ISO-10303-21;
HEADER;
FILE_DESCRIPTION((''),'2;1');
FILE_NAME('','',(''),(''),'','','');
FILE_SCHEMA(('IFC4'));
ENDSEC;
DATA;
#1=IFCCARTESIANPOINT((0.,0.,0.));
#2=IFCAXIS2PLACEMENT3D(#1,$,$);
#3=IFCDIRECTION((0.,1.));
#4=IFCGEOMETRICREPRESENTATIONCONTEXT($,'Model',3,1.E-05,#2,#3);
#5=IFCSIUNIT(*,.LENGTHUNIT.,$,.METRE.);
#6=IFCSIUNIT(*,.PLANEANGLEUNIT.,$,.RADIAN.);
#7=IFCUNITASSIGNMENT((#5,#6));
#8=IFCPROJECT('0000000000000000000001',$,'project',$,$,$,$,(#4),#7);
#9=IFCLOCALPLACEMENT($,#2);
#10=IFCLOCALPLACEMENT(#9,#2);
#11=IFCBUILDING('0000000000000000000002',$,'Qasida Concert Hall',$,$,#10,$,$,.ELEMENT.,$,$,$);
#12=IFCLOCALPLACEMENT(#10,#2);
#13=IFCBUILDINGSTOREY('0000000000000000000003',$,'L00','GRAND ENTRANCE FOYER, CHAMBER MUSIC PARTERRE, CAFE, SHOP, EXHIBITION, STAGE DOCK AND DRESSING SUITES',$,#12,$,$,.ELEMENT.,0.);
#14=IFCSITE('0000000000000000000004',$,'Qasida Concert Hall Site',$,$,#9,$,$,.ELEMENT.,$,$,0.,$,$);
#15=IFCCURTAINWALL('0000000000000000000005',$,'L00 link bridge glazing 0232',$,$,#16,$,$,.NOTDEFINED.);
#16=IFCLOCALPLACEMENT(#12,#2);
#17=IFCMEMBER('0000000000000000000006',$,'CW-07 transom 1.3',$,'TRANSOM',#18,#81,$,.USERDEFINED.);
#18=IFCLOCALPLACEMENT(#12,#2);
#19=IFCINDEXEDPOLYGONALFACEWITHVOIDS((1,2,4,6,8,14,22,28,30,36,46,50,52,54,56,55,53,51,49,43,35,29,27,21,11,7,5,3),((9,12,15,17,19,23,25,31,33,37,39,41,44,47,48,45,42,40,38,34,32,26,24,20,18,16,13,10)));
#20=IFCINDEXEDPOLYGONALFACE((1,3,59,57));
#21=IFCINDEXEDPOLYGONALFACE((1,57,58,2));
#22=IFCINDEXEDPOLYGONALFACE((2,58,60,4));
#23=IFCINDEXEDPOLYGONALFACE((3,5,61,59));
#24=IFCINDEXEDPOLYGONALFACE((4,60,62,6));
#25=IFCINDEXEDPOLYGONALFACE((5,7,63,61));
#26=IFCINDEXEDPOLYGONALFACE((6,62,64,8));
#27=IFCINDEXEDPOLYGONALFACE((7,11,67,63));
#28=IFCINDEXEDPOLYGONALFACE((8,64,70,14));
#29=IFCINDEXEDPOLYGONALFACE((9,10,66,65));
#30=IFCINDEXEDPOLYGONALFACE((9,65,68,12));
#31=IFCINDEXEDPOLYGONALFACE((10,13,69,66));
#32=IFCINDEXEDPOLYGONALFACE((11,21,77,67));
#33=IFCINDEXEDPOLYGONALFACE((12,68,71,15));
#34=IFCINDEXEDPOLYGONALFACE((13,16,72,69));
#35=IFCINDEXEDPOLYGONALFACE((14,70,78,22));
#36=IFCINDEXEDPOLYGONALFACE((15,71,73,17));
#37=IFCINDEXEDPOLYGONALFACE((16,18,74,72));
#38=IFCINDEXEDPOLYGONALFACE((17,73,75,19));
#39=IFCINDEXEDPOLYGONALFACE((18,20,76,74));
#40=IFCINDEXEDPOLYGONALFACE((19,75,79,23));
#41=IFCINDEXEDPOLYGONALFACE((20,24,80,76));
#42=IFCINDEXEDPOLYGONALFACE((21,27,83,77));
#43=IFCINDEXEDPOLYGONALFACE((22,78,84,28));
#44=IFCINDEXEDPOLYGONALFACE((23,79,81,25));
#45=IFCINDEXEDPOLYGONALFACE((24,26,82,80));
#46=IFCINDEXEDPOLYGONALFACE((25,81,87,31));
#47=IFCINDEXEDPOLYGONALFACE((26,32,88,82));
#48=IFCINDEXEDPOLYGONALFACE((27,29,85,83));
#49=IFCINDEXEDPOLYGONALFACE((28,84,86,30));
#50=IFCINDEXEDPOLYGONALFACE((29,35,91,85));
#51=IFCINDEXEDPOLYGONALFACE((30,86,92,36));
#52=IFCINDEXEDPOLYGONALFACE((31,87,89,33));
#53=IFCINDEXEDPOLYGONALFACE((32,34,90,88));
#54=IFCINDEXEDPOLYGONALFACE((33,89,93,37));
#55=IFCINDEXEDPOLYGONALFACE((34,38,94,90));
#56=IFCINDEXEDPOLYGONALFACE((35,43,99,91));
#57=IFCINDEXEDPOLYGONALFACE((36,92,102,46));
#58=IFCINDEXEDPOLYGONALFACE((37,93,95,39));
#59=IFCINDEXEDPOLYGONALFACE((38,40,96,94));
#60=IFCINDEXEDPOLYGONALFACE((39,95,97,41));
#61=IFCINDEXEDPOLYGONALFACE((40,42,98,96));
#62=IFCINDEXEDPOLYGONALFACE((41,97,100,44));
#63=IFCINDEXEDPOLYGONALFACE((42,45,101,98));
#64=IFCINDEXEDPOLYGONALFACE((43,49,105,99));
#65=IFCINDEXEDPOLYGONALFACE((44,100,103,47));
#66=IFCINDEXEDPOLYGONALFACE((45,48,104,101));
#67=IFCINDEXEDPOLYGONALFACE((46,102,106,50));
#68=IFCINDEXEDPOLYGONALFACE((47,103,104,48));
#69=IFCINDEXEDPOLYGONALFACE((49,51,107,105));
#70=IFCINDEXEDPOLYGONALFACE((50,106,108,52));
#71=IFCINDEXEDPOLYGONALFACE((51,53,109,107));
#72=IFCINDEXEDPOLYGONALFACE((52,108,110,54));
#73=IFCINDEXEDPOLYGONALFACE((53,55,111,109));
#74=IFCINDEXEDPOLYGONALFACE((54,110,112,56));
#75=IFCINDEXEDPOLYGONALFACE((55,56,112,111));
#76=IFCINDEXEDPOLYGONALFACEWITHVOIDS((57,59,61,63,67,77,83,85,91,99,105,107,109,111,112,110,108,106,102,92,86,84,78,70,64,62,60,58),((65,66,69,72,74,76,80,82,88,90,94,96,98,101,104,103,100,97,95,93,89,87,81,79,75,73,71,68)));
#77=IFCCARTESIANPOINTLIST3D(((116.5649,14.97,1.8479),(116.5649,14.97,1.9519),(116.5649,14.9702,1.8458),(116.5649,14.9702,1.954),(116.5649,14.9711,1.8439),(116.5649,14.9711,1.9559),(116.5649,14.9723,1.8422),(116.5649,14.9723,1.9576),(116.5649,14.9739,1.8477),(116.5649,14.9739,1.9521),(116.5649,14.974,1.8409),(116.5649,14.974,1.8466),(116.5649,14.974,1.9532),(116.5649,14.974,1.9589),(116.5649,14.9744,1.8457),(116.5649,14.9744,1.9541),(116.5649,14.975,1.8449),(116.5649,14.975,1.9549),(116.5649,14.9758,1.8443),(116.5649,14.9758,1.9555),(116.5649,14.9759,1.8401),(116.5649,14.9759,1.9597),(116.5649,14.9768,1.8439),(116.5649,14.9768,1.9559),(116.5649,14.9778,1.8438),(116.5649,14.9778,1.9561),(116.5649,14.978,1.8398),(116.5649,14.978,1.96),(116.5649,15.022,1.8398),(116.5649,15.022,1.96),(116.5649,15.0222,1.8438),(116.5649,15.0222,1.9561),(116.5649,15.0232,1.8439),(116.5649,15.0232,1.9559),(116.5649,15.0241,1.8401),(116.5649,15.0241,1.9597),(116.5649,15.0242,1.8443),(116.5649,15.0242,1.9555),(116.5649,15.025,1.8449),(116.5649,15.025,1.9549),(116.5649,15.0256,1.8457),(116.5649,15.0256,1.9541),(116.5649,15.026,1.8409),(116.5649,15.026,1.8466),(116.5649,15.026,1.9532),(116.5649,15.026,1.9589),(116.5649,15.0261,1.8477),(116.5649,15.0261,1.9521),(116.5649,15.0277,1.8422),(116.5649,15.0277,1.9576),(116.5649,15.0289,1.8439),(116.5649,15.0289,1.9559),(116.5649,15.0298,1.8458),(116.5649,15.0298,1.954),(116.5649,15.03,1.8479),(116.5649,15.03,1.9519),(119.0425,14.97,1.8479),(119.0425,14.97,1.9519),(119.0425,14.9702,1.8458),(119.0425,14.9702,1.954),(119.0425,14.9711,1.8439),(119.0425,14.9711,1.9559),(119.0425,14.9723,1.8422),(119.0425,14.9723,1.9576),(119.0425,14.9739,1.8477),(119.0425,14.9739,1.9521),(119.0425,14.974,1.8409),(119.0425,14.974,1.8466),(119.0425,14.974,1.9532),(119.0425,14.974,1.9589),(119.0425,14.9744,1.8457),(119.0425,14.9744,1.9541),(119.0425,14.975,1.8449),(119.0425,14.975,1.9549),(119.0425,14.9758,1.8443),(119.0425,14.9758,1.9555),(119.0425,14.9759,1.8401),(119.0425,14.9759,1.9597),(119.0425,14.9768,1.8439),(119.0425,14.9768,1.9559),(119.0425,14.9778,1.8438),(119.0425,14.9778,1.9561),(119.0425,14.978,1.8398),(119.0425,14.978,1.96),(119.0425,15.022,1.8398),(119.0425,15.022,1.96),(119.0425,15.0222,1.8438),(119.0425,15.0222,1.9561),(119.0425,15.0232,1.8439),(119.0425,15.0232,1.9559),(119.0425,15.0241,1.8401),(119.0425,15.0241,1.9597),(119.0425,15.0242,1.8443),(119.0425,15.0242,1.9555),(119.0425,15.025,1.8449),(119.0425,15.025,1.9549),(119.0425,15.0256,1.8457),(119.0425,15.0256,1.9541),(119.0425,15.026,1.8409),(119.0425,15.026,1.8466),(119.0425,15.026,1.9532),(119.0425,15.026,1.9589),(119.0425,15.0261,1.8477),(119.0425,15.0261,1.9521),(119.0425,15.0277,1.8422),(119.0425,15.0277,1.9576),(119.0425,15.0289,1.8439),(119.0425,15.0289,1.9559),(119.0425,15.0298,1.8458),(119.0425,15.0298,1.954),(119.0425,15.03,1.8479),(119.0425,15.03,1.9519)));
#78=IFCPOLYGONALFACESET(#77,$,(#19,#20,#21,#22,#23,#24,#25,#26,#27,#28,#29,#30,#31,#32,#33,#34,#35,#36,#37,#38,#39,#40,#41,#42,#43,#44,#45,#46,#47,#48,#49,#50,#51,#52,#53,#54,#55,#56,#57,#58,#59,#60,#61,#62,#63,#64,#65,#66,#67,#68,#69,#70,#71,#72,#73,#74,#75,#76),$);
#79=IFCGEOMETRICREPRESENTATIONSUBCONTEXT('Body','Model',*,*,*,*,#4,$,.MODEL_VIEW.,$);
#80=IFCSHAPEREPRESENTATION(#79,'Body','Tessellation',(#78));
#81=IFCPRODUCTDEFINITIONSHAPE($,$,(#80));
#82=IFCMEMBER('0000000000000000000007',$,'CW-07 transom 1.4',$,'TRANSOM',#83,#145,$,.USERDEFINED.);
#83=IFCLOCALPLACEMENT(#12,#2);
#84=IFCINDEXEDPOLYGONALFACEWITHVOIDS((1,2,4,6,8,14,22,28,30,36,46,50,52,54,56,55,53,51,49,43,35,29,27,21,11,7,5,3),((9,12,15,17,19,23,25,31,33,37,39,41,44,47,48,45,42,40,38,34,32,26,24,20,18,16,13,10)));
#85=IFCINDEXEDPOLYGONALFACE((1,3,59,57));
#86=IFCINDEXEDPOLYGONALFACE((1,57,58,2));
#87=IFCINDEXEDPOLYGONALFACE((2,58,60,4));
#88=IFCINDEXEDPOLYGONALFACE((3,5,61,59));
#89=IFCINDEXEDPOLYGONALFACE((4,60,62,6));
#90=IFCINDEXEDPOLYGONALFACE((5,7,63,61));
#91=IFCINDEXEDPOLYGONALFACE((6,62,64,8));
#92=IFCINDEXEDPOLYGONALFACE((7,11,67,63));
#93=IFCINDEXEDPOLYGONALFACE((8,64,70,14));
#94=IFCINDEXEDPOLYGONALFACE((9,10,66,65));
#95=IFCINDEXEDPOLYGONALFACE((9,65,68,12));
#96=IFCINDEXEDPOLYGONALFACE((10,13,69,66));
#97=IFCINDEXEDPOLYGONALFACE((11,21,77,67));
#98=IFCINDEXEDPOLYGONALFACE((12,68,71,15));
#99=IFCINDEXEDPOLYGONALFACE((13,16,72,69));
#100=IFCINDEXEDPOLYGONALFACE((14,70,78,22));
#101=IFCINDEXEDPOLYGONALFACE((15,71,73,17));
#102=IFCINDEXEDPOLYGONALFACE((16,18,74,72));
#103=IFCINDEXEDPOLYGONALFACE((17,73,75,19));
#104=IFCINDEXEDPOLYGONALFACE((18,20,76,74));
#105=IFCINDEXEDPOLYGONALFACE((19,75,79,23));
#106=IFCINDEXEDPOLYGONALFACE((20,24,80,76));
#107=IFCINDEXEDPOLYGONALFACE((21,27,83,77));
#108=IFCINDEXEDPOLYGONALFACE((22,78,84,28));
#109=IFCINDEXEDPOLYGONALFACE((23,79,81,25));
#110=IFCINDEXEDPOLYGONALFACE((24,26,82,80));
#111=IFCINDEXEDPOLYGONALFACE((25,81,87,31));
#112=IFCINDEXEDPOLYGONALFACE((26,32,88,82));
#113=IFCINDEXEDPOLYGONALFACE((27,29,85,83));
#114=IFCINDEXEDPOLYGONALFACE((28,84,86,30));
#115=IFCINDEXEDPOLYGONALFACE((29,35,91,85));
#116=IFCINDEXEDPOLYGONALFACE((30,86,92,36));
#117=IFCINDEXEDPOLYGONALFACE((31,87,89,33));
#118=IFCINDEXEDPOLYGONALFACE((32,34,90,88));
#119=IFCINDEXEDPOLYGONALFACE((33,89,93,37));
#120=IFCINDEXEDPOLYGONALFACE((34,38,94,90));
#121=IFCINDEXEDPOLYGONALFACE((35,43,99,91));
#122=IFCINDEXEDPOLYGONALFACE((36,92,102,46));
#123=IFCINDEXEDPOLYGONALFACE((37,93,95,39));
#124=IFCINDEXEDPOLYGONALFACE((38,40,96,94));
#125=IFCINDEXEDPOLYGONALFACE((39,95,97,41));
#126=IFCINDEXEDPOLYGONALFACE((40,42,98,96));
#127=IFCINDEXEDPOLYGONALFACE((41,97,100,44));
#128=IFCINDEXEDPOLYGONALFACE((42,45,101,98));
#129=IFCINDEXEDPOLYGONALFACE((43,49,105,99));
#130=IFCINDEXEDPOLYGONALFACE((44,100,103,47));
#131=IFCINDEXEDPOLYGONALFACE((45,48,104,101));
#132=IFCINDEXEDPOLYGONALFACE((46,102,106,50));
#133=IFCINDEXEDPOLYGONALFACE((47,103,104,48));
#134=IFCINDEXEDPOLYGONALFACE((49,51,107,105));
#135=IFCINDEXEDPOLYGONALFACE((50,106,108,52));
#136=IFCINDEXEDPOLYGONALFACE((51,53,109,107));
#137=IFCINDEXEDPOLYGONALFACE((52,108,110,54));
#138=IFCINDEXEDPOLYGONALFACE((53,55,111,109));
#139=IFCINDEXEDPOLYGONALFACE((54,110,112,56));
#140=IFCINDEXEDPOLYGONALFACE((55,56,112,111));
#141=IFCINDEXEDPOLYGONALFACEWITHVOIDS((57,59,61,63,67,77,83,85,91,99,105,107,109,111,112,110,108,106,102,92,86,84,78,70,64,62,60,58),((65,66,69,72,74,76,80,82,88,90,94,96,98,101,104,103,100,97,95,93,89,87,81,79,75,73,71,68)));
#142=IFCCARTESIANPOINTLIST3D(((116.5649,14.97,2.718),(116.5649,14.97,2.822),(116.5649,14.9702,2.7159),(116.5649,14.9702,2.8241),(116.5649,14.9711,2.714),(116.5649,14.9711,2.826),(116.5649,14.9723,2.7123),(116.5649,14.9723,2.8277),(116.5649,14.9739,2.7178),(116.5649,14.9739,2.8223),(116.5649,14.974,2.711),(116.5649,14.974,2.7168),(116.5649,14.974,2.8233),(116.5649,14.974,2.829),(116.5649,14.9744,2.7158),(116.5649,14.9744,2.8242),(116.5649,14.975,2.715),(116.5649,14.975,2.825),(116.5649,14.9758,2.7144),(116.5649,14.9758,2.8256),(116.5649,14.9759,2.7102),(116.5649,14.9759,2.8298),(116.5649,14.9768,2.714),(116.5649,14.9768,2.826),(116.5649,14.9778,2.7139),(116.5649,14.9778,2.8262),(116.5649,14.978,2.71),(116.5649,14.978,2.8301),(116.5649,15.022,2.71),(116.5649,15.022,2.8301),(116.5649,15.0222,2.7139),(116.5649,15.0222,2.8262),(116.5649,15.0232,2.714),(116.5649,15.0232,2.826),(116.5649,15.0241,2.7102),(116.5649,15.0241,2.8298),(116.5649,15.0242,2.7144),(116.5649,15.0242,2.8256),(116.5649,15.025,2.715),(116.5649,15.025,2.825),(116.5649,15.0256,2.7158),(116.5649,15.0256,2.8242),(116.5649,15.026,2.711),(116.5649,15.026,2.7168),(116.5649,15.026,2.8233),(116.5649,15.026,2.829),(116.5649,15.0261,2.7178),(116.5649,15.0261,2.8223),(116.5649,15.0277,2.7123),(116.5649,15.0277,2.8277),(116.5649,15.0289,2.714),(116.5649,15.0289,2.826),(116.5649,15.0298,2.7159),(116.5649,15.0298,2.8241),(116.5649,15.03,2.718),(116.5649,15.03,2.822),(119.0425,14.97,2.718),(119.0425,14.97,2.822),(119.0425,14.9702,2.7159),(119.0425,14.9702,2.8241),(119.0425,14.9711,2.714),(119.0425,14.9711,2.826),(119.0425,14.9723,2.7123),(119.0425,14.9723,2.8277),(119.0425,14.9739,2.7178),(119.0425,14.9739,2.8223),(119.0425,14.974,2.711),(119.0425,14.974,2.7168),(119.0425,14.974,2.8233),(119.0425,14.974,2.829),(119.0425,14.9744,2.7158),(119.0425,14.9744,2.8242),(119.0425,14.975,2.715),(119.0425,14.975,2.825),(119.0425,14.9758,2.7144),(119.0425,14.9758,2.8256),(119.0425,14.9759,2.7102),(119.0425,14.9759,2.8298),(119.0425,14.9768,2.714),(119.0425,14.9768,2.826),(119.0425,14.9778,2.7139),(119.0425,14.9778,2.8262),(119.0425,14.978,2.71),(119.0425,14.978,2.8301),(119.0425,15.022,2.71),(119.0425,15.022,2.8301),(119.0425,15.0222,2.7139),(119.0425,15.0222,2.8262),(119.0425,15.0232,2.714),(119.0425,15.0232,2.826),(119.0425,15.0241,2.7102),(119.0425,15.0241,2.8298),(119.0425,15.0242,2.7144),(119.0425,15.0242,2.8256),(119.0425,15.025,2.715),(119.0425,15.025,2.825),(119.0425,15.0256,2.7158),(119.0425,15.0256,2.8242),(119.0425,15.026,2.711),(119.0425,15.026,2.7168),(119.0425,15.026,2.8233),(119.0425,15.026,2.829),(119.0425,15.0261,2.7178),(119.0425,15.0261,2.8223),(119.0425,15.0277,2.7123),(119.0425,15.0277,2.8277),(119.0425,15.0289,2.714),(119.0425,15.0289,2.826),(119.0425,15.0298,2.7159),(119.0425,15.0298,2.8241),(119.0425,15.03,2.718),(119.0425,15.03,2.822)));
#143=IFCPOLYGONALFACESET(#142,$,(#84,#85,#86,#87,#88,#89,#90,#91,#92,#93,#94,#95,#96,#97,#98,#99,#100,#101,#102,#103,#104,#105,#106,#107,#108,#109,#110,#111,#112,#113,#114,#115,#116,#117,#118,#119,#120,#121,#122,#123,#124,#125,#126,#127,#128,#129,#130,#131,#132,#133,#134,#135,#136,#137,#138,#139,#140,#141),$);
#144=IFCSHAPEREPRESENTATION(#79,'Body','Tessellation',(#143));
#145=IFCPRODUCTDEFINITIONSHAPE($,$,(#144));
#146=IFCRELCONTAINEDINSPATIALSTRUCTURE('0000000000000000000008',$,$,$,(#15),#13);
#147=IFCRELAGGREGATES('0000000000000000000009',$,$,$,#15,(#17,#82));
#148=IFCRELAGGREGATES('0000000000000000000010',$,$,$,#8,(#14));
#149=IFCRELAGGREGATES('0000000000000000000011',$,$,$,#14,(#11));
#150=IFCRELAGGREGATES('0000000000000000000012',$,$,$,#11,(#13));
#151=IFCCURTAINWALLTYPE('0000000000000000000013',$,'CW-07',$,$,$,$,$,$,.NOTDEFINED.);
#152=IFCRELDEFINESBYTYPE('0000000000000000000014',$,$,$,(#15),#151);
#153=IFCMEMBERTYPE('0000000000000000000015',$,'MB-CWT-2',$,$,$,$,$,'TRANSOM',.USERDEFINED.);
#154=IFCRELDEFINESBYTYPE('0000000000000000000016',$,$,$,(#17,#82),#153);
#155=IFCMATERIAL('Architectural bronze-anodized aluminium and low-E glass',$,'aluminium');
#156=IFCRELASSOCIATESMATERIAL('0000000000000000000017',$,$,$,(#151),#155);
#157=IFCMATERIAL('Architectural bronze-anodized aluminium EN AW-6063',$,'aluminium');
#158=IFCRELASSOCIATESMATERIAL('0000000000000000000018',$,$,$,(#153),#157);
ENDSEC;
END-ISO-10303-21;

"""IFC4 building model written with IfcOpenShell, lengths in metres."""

from ifc_helpers import new_model, si_unit, direction, frame, origin, origin_2d, place, context, subcontext, project, spatial, hollow_rectangle, extrude, material, material_profile, profile_set, type_object, element, aggregate, save


model = new_model("IFC4")

# Units and contexts
model_context = context("Model", 3, precision=1e-05, world=origin(), true_north=direction((0.0, 1.0)))
body_context = subcontext(model_context, "Body", "Model", "MODEL_VIEW")
ifc_project = project(units=[si_unit("LENGTHUNIT", "METRE"), si_unit("PLANEANGLEUNIT", "RADIAN")], contexts=[model_context])

# Site, building, storey
site_placement = place(None, origin())
site = spatial("IfcSite", under=ifc_project, at=site_placement, Name="Qasida Concert Hall Site", CompositionType="ELEMENT", RefElevation=0.0)
building_placement = place(site_placement, origin())
building = spatial("IfcBuilding", under=site, at=building_placement, Name="Qasida Concert Hall", CompositionType="ELEMENT")
storey_placement = place(building_placement, origin())
storey = spatial("IfcBuildingStorey", under=building, at=storey_placement, Name="L00", Description="GRAND ENTRANCE FOYER, CHAMBER MUSIC PARTERRE, CAFE, SHOP, EXHIBITION, STAGE DOCK AND DRESSING SUITES", CompositionType="ELEMENT", Elevation=0.0)

# Curtain wall
ifc_material_1 = material(Name="Architectural bronze-anodized aluminium and low-E glass", Category="aluminium")
curtain_wall_type = type_object("IfcCurtainWallType", Name="CW-07", PredefinedType="NOTDEFINED", material=ifc_material_1)
ifc_material_2 = material(Name="Architectural bronze-anodized aluminium EN AW-6063", Category="aluminium")
curtain_wall_1_placement = place(storey_placement, origin())
curtain_wall_1 = element("IfcCurtainWall", 1, at=curtain_wall_1_placement, inside=storey, type_object=curtain_wall_type, Name="L00 link bridge glazing 0232", PredefinedType="NOTDEFINED")

# Members
ifc_material_profile_1 = material_profile(ifc_material_2, hollow_rectangle(XDim=0.0601, YDim=0.1201, WallThickness=0.0039, InnerFilletRadius=0.0039, OuterFilletRadius=0.0081, at=origin_2d()), Name="CWT 120x60x4")
ifc_profile_set_1 = profile_set([ifc_material_profile_1], Name="Architectural bronze-anodized aluminium EN AW-6063")
member_type_1 = type_object("IfcMemberType", Name="MB-CWT-2", ElementType="TRANSOM", PredefinedType="USERDEFINED", material=ifc_profile_set_1)
member_1_placement = place(storey_placement, frame((116.5649, 15.0, 1.8999), z_axis=(1.0, 0.0, 0.0), x_axis=(0.0, 1.0, 0.0)))
member_1 = element("IfcMember", 2, at=member_1_placement, type_object=member_type_1, Name="CW-07 transom 1.3", ObjectType="TRANSOM", PredefinedType="USERDEFINED", context=body_context, shape_type="SweptSolid", body=[
    extrude(hollow_rectangle(XDim=0.0601, YDim=0.1201, WallThickness=0.0039, InnerFilletRadius=0.0039, OuterFilletRadius=0.0081, at=origin_2d()), origin(), (0.0, 0.0, 1.0), 2.4775),
])
member_2_placement = place(storey_placement, frame((116.5649, 15.0, 2.77), z_axis=(1.0, 0.0, 0.0), x_axis=(0.0, 1.0, 0.0)))
member_2 = element("IfcMember", 3, at=member_2_placement, type_object=member_type_1, Name="CW-07 transom 1.4", ObjectType="TRANSOM", PredefinedType="USERDEFINED", context=body_context, shape_type="SweptSolid", body=[
    extrude(hollow_rectangle(XDim=0.0601, YDim=0.1201, WallThickness=0.0039, InnerFilletRadius=0.0039, OuterFilletRadius=0.0081, at=origin_2d()), origin(), (0.0, 0.0, 1.0), 2.4775),
])

aggregate(curtain_wall_1, [member_1, member_2])

save(model, "model.ifc")
